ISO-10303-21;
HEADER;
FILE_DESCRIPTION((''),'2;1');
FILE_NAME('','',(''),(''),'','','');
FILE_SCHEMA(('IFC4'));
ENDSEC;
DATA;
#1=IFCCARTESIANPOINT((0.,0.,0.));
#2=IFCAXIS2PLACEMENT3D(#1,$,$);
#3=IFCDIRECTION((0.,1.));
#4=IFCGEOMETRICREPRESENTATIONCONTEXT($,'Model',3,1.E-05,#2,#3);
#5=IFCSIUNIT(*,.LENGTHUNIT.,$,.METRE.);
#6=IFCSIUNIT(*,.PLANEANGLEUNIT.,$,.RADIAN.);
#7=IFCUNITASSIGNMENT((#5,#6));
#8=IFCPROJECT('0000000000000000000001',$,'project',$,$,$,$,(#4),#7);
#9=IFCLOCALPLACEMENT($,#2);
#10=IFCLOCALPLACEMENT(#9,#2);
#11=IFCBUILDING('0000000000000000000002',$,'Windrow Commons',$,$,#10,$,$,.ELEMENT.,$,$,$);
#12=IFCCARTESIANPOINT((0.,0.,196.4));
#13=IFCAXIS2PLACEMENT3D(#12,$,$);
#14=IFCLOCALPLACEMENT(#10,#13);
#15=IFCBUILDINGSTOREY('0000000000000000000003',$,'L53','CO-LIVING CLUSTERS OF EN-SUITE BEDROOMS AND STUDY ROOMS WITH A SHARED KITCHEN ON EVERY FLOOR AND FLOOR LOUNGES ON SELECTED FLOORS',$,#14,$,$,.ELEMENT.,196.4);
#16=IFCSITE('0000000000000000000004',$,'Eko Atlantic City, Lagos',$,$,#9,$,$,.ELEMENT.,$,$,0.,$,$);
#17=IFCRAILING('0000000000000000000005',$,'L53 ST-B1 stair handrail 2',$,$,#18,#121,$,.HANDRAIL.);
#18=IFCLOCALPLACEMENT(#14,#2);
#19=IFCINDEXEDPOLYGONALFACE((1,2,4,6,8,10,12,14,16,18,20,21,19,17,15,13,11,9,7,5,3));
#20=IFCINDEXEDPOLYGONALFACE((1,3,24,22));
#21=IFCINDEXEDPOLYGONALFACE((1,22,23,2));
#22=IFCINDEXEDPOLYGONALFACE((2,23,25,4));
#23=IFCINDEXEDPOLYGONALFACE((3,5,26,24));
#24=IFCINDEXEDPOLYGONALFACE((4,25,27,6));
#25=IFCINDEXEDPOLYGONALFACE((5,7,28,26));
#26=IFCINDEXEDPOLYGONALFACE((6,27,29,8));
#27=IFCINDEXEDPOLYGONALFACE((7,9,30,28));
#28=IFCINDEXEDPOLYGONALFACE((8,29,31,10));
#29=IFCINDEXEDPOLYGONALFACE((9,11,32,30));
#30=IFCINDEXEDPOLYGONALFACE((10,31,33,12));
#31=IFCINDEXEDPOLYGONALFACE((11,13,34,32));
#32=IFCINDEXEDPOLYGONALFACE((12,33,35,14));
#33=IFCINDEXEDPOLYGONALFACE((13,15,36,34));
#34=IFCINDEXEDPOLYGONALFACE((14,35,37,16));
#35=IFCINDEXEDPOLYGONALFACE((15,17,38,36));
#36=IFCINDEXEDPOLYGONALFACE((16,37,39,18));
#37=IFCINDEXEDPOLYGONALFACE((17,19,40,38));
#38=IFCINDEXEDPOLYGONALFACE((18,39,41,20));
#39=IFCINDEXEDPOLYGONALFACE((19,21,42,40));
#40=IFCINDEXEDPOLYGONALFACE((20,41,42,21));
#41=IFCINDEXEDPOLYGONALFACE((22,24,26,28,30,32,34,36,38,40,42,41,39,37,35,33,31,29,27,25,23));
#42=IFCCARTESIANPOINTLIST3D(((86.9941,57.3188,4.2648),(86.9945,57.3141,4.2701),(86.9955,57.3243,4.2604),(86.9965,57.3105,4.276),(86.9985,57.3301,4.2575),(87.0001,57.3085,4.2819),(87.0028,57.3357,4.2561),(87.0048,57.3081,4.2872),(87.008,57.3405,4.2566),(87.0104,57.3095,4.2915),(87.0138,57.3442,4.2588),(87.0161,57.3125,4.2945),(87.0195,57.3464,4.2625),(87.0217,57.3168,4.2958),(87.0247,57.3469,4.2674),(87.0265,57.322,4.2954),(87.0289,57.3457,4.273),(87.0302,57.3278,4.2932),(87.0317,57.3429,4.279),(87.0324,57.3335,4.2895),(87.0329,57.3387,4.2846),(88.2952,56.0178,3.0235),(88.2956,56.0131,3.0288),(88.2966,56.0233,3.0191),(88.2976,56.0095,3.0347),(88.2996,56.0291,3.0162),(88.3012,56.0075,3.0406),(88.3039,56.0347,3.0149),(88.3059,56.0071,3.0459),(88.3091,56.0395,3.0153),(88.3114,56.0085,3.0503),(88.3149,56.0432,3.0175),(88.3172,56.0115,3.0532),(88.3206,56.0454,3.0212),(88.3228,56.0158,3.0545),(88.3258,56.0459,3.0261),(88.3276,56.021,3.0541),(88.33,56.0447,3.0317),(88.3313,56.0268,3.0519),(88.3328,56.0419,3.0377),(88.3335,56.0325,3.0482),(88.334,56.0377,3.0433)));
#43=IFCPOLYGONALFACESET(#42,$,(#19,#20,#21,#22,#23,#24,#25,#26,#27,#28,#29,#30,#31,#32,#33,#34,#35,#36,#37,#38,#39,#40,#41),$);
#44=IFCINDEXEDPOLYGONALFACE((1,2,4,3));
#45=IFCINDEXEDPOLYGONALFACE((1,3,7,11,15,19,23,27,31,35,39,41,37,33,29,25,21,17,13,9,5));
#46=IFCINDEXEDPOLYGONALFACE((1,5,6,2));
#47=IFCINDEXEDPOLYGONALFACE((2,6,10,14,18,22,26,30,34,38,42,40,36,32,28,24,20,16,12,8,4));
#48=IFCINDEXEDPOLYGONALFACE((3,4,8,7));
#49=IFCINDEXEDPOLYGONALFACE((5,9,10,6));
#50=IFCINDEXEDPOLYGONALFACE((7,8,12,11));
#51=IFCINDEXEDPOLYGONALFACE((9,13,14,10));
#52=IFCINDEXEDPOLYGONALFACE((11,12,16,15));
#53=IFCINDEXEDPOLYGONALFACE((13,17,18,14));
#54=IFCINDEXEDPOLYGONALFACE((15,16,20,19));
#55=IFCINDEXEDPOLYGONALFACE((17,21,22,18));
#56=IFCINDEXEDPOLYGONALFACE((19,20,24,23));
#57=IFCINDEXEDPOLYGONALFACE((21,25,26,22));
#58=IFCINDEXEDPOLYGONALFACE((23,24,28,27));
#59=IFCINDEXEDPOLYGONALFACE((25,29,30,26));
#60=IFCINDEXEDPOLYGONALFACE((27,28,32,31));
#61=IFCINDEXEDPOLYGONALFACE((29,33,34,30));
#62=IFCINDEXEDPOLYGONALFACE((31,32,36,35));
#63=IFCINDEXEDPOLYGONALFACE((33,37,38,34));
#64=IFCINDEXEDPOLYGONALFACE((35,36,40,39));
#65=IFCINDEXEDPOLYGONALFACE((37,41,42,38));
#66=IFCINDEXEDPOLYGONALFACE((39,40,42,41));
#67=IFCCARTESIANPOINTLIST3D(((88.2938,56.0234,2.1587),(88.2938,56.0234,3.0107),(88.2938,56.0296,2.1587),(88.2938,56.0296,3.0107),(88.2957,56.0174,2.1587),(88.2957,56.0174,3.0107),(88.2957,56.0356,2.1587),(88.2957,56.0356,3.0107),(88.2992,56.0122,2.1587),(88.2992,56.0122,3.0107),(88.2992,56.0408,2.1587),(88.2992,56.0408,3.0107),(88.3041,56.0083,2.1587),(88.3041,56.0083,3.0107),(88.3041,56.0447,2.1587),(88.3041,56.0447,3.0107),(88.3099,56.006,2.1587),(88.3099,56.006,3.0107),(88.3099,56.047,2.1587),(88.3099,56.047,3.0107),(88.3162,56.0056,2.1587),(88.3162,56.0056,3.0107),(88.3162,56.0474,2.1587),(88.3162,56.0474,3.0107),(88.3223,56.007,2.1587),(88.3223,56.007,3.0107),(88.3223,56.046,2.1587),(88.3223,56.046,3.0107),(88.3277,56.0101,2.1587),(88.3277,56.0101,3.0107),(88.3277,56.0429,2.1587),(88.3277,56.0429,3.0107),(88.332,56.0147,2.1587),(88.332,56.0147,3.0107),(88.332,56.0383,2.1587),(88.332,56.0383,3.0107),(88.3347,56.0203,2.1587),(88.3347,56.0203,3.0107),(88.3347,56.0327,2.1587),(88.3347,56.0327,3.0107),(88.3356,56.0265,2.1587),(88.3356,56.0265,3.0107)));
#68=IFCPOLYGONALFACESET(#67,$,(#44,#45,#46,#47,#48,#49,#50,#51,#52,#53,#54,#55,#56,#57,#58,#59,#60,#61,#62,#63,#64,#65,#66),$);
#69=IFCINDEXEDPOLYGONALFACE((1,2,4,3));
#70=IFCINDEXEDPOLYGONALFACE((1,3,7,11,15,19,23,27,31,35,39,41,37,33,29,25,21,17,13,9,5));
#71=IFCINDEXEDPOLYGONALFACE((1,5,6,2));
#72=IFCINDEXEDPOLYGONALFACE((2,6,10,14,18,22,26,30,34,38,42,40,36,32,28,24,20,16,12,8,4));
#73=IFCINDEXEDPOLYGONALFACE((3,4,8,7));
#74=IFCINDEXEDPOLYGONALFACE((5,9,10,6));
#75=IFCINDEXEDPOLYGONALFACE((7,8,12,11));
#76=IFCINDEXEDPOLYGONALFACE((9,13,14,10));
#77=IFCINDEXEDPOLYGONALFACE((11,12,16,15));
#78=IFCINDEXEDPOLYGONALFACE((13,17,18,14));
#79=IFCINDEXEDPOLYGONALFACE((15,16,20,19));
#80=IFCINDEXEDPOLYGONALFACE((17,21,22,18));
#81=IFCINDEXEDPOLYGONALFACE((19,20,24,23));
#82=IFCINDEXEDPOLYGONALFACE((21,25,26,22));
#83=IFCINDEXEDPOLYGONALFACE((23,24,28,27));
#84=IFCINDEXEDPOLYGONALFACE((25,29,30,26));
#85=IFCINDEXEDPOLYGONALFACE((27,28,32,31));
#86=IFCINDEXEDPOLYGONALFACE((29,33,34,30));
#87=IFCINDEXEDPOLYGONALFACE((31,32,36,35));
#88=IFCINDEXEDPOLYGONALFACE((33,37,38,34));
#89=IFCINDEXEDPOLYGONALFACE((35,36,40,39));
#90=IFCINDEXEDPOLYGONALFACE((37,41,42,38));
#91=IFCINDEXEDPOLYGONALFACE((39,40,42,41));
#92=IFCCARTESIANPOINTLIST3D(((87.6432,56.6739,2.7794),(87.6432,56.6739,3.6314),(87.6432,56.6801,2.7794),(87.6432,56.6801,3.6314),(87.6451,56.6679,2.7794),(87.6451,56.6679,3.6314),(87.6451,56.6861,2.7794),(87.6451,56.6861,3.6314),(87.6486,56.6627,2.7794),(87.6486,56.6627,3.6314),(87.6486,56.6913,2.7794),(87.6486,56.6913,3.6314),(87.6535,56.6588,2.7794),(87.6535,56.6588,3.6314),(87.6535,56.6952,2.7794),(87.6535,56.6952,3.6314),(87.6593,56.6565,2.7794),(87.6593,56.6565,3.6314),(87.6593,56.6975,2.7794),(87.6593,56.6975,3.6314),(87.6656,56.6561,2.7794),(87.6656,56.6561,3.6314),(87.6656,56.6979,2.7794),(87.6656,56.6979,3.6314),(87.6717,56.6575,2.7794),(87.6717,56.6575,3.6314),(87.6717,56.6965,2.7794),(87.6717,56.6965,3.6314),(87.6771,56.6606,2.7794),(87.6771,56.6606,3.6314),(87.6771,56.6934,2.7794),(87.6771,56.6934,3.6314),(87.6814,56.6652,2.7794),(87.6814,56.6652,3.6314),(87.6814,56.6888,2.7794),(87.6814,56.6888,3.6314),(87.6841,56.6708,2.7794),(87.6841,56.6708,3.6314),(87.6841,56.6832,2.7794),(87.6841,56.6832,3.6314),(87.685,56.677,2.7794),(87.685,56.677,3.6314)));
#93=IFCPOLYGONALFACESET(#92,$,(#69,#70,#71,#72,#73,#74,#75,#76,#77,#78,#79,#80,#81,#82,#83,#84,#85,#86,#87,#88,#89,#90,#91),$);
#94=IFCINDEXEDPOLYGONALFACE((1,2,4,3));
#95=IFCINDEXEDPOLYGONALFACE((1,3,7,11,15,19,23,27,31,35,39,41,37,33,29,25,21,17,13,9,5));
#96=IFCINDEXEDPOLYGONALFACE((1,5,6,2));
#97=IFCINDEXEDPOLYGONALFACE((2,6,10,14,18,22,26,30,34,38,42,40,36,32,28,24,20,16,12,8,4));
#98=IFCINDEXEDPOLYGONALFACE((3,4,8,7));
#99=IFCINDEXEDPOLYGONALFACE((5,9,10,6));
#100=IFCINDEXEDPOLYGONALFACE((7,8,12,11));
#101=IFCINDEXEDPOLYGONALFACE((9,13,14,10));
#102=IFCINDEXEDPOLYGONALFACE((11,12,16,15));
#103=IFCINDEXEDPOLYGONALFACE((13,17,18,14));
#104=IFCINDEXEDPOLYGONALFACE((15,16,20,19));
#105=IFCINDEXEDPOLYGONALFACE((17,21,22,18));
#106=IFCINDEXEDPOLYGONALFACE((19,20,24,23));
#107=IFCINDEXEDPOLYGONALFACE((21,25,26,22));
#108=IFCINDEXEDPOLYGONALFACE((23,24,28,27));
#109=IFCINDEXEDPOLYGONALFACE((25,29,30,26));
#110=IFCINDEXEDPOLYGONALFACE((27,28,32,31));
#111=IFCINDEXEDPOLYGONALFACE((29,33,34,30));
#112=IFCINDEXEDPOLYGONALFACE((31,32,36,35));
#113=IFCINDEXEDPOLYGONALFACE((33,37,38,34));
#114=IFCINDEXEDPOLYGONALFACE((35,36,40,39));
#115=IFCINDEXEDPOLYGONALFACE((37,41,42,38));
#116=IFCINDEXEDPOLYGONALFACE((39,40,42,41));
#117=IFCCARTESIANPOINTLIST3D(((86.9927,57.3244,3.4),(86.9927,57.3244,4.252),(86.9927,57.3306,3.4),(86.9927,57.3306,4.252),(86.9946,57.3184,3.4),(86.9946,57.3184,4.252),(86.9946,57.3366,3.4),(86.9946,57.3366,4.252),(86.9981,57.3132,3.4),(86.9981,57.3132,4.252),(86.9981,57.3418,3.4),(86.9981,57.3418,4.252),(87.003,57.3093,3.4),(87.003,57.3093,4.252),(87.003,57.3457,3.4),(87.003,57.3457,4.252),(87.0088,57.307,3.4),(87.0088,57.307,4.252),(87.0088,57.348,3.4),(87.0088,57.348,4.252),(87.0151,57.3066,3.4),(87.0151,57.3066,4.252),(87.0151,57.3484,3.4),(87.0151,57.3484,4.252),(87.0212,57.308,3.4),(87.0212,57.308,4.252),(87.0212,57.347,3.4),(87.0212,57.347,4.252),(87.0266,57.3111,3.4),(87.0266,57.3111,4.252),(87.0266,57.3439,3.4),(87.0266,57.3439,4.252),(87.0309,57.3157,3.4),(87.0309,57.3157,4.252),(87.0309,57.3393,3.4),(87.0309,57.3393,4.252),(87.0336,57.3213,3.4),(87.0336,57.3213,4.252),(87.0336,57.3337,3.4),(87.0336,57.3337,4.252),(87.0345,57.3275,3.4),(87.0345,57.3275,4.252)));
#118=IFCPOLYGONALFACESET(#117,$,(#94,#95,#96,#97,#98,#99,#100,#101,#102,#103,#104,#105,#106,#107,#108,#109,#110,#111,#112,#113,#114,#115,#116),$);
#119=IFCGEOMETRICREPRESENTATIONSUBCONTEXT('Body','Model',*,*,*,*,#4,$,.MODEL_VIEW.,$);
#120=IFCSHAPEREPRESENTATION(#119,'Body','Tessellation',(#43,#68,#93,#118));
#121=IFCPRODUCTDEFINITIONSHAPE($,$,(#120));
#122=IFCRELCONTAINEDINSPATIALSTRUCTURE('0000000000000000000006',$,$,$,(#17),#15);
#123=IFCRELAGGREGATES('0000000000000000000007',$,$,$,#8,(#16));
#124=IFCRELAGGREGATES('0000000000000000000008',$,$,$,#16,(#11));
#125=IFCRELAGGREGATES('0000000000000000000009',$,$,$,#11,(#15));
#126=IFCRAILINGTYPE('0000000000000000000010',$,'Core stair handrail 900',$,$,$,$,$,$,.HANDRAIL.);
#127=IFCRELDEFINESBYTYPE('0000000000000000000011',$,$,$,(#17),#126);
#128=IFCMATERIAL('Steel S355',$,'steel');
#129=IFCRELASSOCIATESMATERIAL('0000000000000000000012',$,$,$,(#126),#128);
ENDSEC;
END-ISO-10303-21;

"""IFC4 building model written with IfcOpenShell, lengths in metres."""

from ifc_helpers import new_model, si_unit, direction, frame, origin, origin_2d, place, context, subcontext, project, spatial, circle, extrude, material, type_object, element, save


model = new_model("IFC4")

# Units and contexts
model_context = context("Model", 3, precision=1e-05, world=origin(), true_north=direction((0.0, 1.0)))
body_context = subcontext(model_context, "Body", "Model", "MODEL_VIEW")
ifc_project = project(units=[si_unit("LENGTHUNIT", "METRE"), si_unit("PLANEANGLEUNIT", "RADIAN")], contexts=[model_context])

# Site, building, storey
site_placement = place(None, origin())
site = spatial("IfcSite", under=ifc_project, at=site_placement, Name="Eko Atlantic City, Lagos", CompositionType="ELEMENT", RefElevation=0.0)
building_placement = place(site_placement, origin())
building = spatial("IfcBuilding", under=site, at=building_placement, Name="Windrow Commons", CompositionType="ELEMENT")
storey_placement = place(building_placement, frame((0.0, 0.0, 196.4)))
storey = spatial("IfcBuildingStorey", under=building, at=storey_placement, Name="L53", Description="CO-LIVING CLUSTERS OF EN-SUITE BEDROOMS AND STUDY ROOMS WITH A SHARED KITCHEN ON EVERY FLOOR AND FLOOR LOUNGES ON SELECTED FLOORS", CompositionType="ELEMENT", Elevation=196.4)

# Railing
ifc_material_1 = material(Name="Steel S355", Category="steel")
railing_type_1 = type_object("IfcRailingType", Name="Core stair handrail 900", PredefinedType="HANDRAIL", material=ifc_material_1)
railing_1_placement = place(storey_placement, frame((88.3146, 56.0265, 2.1587)))
element("IfcRailing", 1, at=railing_1_placement, inside=storey, type_object=railing_type_1, Name="L53 ST-B1 stair handrail 2", PredefinedType="HANDRAIL", context=body_context, shape_type="SweptSolid", body=[
    extrude(circle(Radius=0.024, at=origin_2d()), frame((0.0, 0.0, 0.876), z_axis=(-0.586207, 0.586162, 0.559264), x_axis=(-0.70708, -0.707134, 0.0)), (0.0, 0.0, 1.0), 2.2195),
    extrude(circle(Radius=0.021, at=origin_2d()), origin(), (0.0, 0.0, 1.0), 0.852),
    extrude(circle(Radius=0.021, at=origin_2d()), frame((-0.6506, 0.6505, 0.6207)), (0.0, 0.0, 1.0), 0.852),
    extrude(circle(Radius=0.021, at=origin_2d()), frame((-1.3011, 1.301, 1.2413)), (0.0, 0.0, 1.0), 0.852),
])

save(model, "model.ifc")
